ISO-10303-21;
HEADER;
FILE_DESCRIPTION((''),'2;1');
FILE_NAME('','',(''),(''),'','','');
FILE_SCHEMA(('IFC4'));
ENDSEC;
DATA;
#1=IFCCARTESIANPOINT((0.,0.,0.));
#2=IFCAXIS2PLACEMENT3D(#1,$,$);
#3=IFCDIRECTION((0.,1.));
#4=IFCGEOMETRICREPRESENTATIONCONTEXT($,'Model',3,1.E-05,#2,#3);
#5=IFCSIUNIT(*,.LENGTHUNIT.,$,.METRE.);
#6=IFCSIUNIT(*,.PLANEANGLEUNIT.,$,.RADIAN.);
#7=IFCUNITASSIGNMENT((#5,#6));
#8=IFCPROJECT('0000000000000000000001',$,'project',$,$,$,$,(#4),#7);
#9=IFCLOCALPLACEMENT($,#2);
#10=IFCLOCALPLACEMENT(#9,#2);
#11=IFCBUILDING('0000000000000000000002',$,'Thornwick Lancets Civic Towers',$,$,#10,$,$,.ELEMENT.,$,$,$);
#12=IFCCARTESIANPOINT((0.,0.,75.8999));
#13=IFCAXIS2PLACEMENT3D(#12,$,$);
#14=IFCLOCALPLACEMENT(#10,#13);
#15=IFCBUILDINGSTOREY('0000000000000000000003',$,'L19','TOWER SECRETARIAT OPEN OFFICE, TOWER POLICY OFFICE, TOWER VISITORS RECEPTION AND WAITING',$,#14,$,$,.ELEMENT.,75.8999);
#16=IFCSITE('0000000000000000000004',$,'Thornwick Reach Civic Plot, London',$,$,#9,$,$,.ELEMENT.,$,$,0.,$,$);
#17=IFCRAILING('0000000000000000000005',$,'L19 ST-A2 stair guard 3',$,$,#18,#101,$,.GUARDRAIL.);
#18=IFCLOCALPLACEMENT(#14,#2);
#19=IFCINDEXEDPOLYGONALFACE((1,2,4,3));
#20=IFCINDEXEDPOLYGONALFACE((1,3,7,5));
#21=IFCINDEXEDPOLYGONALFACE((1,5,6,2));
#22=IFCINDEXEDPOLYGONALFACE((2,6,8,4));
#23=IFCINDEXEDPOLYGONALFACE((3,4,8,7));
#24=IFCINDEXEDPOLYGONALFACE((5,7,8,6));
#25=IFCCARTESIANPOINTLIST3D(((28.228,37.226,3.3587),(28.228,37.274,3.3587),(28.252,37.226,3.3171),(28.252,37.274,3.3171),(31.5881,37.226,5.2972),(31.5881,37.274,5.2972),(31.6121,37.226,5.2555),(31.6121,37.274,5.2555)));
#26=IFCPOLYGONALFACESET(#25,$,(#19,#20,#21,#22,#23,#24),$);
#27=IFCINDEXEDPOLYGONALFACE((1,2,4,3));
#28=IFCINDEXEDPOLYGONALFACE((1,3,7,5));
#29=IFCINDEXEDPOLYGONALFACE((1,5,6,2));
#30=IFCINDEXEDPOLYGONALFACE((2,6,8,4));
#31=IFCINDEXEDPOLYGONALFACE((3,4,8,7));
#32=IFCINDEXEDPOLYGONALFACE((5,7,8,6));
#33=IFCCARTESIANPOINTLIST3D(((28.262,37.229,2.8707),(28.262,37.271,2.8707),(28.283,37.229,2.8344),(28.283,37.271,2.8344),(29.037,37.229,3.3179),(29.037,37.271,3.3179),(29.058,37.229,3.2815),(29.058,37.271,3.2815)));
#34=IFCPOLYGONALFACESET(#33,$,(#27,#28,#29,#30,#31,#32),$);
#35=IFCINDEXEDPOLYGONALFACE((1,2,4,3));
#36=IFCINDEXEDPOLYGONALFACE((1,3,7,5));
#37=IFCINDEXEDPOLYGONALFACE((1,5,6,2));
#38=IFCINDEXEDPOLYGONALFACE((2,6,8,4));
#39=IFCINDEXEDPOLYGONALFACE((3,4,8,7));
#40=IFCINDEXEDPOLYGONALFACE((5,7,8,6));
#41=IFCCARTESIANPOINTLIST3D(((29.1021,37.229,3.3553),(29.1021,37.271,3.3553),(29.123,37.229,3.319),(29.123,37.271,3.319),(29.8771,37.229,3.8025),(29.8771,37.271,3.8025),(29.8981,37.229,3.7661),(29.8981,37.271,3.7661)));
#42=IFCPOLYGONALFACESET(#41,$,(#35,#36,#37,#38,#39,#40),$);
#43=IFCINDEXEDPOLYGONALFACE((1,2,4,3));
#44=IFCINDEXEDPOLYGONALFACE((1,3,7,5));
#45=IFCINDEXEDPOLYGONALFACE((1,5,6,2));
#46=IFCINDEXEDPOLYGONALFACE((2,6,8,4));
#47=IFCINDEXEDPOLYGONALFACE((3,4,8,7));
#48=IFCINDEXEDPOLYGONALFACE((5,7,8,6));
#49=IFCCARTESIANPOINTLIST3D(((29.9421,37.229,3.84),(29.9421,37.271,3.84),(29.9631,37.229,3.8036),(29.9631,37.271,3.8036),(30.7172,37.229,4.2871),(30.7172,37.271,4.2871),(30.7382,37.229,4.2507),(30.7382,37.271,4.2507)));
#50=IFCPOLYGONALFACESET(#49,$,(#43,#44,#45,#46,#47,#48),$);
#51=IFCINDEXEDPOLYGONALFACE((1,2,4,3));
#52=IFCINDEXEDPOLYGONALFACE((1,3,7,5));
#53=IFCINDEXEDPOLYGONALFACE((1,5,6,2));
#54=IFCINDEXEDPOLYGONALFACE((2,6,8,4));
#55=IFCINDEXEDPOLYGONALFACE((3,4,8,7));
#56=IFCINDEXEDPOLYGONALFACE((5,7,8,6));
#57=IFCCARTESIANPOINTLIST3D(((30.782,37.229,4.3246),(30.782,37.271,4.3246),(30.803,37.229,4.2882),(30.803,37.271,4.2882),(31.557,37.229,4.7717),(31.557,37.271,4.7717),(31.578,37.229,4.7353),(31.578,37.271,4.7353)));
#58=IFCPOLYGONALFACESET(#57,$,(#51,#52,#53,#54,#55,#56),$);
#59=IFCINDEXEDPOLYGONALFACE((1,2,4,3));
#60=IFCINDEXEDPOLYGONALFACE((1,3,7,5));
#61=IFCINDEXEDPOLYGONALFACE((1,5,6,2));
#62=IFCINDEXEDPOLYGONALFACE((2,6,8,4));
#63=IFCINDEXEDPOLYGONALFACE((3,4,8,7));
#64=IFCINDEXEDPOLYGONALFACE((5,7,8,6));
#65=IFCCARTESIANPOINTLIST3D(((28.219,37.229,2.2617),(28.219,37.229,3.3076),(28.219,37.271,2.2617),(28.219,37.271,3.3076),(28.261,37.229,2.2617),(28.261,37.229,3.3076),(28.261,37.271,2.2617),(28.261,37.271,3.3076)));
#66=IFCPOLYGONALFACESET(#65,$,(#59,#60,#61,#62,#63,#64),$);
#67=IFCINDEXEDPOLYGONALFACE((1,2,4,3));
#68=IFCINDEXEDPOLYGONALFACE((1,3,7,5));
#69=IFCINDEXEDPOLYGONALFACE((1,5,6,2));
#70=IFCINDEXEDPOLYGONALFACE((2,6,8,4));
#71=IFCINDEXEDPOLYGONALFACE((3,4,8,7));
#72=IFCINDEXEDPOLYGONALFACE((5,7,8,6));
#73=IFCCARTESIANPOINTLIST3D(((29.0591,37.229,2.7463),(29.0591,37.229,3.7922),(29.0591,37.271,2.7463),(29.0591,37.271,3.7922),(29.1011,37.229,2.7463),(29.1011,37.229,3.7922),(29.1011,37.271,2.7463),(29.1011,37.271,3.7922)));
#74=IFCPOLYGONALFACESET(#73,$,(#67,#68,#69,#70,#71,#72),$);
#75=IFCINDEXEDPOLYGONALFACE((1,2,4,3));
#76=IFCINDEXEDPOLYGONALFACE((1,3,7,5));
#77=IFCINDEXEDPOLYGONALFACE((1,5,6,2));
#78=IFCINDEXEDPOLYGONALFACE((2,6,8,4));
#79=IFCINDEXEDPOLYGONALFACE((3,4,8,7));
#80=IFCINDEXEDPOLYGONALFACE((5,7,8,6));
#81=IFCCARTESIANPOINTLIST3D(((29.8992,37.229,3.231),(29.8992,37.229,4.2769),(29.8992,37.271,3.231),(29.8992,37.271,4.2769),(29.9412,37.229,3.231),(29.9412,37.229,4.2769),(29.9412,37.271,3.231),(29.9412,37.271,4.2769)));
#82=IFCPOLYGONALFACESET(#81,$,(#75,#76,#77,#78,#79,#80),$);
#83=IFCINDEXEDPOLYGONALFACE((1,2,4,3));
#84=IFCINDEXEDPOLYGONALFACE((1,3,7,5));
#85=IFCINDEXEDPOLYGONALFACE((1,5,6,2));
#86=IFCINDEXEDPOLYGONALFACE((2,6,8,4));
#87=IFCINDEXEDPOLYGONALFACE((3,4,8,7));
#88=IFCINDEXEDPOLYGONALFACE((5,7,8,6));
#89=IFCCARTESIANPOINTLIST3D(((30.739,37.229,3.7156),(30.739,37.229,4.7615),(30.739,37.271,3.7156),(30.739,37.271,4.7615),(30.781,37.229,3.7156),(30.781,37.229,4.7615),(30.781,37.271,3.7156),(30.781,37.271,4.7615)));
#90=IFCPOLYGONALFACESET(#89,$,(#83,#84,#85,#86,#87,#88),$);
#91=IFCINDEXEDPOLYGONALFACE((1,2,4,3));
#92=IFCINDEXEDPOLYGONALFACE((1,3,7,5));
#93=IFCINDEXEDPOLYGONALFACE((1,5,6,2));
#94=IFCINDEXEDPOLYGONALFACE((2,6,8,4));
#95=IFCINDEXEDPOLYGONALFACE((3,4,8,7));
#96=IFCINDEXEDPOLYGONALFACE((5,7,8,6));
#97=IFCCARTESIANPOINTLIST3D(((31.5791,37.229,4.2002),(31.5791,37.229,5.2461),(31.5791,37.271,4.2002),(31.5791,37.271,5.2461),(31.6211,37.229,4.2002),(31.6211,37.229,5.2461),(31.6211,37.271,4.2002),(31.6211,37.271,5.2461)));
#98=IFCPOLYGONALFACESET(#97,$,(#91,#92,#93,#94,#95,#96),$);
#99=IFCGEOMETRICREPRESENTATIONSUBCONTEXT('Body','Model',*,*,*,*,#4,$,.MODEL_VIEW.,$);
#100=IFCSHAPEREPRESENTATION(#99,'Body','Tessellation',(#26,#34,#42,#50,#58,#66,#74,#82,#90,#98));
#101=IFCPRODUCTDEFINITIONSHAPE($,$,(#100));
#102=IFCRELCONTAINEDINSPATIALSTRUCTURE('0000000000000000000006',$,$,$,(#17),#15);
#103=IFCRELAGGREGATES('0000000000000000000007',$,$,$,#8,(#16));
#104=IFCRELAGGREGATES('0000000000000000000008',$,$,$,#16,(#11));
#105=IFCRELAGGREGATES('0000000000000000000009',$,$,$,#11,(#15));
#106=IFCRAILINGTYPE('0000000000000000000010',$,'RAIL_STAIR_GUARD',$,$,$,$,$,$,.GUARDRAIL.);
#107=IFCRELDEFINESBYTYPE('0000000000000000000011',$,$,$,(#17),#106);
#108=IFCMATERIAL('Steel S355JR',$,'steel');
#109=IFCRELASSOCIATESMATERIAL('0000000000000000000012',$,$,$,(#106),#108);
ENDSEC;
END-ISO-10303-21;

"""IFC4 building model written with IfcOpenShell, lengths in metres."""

from ifc_helpers import new_model, si_unit, direction, frame, origin, origin_2d, place, context, subcontext, project, spatial, rectangle, extrude, material, type_object, element, save


model = new_model("IFC4")

# Units and contexts
model_context = context("Model", 3, precision=1e-05, world=origin(), true_north=direction((0.0, 1.0)))
body_context = subcontext(model_context, "Body", "Model", "MODEL_VIEW")
ifc_project = project(units=[si_unit("LENGTHUNIT", "METRE"), si_unit("PLANEANGLEUNIT", "RADIAN")], contexts=[model_context])

# Site, building, storey
site_placement = place(None, origin())
site = spatial("IfcSite", under=ifc_project, at=site_placement, Name="Thornwick Reach Civic Plot, London", CompositionType="ELEMENT", RefElevation=0.0)
building_placement = place(site_placement, origin())
building = spatial("IfcBuilding", under=site, at=building_placement, Name="Thornwick Lancets Civic Towers", CompositionType="ELEMENT")
storey_placement = place(building_placement, frame((0.0, 0.0, 75.8999)))
storey = spatial("IfcBuildingStorey", under=building, at=storey_placement, Name="L19", Description="TOWER SECRETARIAT OPEN OFFICE, TOWER POLICY OFFICE, TOWER VISITORS RECEPTION AND WAITING", CompositionType="ELEMENT", Elevation=75.8999)

# Shared definitions
ifc_material_1 = material(Name="Steel S355JR", Category="steel")

# Railing
railing_type_1 = type_object("IfcRailingType", Name="RAIL_STAIR_GUARD", PredefinedType="GUARDRAIL", material=ifc_material_1)
railing_1_placement = place(storey_placement, frame((28.24, 37.25, 2.2617)))
element("IfcRailing", 1, at=railing_1_placement, inside=storey, type_object=railing_type_1, Name="L19 ST-A2 stair guard 3", PredefinedType="GUARDRAIL", context=body_context, shape_type="SweptSolid", body=[
    extrude(rectangle(XDim=0.0481, YDim=0.0481, at=origin_2d()), frame((0.0, 0.0, 1.0762), z_axis=(0.866191, 0.0, 0.499713), x_axis=(0.0, 1.0, 0.0)), (0.0, 0.0, 1.0), 3.8792),
    extrude(rectangle(XDim=0.042, YDim=0.042, at=origin_2d()), frame((0.0325, 0.0, 0.5908), z_axis=(0.866191, 0.0, 0.499713), x_axis=(0.0, 1.0, 0.0)), (0.0, 0.0, 1.0), 0.8948),
    extrude(rectangle(XDim=0.042, YDim=0.042, at=origin_2d()), frame((0.8726, 0.0, 1.0754), z_axis=(0.866191, 0.0, 0.499713), x_axis=(0.0, 1.0, 0.0)), (0.0, 0.0, 1.0), 0.8948),
    extrude(rectangle(XDim=0.042, YDim=0.042, at=origin_2d()), frame((1.7126, 0.0, 1.5601), z_axis=(0.866191, 0.0, 0.499713), x_axis=(0.0, 1.0, 0.0)), (0.0, 0.0, 1.0), 0.8948),
    extrude(rectangle(XDim=0.042, YDim=0.042, at=origin_2d()), frame((2.5525, 0.0, 2.0447), z_axis=(0.866191, 0.0, 0.499713), x_axis=(0.0, 1.0, 0.0)), (0.0, 0.0, 1.0), 0.8948),
    extrude(rectangle(XDim=0.042, YDim=0.042, at=origin_2d()), origin(), (0.0, 0.0, 1.0), 1.0459),
    extrude(rectangle(XDim=0.042, YDim=0.042, at=origin_2d()), frame((0.8401, 0.0, 0.4846)), (0.0, 0.0, 1.0), 1.0459),
    extrude(rectangle(XDim=0.042, YDim=0.042, at=origin_2d()), frame((1.6802, 0.0, 0.9692)), (0.0, 0.0, 1.0), 1.0459),
    extrude(rectangle(XDim=0.042, YDim=0.042, at=origin_2d()), frame((2.52, 0.0, 1.4539)), (0.0, 0.0, 1.0), 1.0459),
    extrude(rectangle(XDim=0.042, YDim=0.042, at=origin_2d()), frame((3.3601, 0.0, 1.9385)), (0.0, 0.0, 1.0), 1.0459),
])

save(model, "model.ifc")
